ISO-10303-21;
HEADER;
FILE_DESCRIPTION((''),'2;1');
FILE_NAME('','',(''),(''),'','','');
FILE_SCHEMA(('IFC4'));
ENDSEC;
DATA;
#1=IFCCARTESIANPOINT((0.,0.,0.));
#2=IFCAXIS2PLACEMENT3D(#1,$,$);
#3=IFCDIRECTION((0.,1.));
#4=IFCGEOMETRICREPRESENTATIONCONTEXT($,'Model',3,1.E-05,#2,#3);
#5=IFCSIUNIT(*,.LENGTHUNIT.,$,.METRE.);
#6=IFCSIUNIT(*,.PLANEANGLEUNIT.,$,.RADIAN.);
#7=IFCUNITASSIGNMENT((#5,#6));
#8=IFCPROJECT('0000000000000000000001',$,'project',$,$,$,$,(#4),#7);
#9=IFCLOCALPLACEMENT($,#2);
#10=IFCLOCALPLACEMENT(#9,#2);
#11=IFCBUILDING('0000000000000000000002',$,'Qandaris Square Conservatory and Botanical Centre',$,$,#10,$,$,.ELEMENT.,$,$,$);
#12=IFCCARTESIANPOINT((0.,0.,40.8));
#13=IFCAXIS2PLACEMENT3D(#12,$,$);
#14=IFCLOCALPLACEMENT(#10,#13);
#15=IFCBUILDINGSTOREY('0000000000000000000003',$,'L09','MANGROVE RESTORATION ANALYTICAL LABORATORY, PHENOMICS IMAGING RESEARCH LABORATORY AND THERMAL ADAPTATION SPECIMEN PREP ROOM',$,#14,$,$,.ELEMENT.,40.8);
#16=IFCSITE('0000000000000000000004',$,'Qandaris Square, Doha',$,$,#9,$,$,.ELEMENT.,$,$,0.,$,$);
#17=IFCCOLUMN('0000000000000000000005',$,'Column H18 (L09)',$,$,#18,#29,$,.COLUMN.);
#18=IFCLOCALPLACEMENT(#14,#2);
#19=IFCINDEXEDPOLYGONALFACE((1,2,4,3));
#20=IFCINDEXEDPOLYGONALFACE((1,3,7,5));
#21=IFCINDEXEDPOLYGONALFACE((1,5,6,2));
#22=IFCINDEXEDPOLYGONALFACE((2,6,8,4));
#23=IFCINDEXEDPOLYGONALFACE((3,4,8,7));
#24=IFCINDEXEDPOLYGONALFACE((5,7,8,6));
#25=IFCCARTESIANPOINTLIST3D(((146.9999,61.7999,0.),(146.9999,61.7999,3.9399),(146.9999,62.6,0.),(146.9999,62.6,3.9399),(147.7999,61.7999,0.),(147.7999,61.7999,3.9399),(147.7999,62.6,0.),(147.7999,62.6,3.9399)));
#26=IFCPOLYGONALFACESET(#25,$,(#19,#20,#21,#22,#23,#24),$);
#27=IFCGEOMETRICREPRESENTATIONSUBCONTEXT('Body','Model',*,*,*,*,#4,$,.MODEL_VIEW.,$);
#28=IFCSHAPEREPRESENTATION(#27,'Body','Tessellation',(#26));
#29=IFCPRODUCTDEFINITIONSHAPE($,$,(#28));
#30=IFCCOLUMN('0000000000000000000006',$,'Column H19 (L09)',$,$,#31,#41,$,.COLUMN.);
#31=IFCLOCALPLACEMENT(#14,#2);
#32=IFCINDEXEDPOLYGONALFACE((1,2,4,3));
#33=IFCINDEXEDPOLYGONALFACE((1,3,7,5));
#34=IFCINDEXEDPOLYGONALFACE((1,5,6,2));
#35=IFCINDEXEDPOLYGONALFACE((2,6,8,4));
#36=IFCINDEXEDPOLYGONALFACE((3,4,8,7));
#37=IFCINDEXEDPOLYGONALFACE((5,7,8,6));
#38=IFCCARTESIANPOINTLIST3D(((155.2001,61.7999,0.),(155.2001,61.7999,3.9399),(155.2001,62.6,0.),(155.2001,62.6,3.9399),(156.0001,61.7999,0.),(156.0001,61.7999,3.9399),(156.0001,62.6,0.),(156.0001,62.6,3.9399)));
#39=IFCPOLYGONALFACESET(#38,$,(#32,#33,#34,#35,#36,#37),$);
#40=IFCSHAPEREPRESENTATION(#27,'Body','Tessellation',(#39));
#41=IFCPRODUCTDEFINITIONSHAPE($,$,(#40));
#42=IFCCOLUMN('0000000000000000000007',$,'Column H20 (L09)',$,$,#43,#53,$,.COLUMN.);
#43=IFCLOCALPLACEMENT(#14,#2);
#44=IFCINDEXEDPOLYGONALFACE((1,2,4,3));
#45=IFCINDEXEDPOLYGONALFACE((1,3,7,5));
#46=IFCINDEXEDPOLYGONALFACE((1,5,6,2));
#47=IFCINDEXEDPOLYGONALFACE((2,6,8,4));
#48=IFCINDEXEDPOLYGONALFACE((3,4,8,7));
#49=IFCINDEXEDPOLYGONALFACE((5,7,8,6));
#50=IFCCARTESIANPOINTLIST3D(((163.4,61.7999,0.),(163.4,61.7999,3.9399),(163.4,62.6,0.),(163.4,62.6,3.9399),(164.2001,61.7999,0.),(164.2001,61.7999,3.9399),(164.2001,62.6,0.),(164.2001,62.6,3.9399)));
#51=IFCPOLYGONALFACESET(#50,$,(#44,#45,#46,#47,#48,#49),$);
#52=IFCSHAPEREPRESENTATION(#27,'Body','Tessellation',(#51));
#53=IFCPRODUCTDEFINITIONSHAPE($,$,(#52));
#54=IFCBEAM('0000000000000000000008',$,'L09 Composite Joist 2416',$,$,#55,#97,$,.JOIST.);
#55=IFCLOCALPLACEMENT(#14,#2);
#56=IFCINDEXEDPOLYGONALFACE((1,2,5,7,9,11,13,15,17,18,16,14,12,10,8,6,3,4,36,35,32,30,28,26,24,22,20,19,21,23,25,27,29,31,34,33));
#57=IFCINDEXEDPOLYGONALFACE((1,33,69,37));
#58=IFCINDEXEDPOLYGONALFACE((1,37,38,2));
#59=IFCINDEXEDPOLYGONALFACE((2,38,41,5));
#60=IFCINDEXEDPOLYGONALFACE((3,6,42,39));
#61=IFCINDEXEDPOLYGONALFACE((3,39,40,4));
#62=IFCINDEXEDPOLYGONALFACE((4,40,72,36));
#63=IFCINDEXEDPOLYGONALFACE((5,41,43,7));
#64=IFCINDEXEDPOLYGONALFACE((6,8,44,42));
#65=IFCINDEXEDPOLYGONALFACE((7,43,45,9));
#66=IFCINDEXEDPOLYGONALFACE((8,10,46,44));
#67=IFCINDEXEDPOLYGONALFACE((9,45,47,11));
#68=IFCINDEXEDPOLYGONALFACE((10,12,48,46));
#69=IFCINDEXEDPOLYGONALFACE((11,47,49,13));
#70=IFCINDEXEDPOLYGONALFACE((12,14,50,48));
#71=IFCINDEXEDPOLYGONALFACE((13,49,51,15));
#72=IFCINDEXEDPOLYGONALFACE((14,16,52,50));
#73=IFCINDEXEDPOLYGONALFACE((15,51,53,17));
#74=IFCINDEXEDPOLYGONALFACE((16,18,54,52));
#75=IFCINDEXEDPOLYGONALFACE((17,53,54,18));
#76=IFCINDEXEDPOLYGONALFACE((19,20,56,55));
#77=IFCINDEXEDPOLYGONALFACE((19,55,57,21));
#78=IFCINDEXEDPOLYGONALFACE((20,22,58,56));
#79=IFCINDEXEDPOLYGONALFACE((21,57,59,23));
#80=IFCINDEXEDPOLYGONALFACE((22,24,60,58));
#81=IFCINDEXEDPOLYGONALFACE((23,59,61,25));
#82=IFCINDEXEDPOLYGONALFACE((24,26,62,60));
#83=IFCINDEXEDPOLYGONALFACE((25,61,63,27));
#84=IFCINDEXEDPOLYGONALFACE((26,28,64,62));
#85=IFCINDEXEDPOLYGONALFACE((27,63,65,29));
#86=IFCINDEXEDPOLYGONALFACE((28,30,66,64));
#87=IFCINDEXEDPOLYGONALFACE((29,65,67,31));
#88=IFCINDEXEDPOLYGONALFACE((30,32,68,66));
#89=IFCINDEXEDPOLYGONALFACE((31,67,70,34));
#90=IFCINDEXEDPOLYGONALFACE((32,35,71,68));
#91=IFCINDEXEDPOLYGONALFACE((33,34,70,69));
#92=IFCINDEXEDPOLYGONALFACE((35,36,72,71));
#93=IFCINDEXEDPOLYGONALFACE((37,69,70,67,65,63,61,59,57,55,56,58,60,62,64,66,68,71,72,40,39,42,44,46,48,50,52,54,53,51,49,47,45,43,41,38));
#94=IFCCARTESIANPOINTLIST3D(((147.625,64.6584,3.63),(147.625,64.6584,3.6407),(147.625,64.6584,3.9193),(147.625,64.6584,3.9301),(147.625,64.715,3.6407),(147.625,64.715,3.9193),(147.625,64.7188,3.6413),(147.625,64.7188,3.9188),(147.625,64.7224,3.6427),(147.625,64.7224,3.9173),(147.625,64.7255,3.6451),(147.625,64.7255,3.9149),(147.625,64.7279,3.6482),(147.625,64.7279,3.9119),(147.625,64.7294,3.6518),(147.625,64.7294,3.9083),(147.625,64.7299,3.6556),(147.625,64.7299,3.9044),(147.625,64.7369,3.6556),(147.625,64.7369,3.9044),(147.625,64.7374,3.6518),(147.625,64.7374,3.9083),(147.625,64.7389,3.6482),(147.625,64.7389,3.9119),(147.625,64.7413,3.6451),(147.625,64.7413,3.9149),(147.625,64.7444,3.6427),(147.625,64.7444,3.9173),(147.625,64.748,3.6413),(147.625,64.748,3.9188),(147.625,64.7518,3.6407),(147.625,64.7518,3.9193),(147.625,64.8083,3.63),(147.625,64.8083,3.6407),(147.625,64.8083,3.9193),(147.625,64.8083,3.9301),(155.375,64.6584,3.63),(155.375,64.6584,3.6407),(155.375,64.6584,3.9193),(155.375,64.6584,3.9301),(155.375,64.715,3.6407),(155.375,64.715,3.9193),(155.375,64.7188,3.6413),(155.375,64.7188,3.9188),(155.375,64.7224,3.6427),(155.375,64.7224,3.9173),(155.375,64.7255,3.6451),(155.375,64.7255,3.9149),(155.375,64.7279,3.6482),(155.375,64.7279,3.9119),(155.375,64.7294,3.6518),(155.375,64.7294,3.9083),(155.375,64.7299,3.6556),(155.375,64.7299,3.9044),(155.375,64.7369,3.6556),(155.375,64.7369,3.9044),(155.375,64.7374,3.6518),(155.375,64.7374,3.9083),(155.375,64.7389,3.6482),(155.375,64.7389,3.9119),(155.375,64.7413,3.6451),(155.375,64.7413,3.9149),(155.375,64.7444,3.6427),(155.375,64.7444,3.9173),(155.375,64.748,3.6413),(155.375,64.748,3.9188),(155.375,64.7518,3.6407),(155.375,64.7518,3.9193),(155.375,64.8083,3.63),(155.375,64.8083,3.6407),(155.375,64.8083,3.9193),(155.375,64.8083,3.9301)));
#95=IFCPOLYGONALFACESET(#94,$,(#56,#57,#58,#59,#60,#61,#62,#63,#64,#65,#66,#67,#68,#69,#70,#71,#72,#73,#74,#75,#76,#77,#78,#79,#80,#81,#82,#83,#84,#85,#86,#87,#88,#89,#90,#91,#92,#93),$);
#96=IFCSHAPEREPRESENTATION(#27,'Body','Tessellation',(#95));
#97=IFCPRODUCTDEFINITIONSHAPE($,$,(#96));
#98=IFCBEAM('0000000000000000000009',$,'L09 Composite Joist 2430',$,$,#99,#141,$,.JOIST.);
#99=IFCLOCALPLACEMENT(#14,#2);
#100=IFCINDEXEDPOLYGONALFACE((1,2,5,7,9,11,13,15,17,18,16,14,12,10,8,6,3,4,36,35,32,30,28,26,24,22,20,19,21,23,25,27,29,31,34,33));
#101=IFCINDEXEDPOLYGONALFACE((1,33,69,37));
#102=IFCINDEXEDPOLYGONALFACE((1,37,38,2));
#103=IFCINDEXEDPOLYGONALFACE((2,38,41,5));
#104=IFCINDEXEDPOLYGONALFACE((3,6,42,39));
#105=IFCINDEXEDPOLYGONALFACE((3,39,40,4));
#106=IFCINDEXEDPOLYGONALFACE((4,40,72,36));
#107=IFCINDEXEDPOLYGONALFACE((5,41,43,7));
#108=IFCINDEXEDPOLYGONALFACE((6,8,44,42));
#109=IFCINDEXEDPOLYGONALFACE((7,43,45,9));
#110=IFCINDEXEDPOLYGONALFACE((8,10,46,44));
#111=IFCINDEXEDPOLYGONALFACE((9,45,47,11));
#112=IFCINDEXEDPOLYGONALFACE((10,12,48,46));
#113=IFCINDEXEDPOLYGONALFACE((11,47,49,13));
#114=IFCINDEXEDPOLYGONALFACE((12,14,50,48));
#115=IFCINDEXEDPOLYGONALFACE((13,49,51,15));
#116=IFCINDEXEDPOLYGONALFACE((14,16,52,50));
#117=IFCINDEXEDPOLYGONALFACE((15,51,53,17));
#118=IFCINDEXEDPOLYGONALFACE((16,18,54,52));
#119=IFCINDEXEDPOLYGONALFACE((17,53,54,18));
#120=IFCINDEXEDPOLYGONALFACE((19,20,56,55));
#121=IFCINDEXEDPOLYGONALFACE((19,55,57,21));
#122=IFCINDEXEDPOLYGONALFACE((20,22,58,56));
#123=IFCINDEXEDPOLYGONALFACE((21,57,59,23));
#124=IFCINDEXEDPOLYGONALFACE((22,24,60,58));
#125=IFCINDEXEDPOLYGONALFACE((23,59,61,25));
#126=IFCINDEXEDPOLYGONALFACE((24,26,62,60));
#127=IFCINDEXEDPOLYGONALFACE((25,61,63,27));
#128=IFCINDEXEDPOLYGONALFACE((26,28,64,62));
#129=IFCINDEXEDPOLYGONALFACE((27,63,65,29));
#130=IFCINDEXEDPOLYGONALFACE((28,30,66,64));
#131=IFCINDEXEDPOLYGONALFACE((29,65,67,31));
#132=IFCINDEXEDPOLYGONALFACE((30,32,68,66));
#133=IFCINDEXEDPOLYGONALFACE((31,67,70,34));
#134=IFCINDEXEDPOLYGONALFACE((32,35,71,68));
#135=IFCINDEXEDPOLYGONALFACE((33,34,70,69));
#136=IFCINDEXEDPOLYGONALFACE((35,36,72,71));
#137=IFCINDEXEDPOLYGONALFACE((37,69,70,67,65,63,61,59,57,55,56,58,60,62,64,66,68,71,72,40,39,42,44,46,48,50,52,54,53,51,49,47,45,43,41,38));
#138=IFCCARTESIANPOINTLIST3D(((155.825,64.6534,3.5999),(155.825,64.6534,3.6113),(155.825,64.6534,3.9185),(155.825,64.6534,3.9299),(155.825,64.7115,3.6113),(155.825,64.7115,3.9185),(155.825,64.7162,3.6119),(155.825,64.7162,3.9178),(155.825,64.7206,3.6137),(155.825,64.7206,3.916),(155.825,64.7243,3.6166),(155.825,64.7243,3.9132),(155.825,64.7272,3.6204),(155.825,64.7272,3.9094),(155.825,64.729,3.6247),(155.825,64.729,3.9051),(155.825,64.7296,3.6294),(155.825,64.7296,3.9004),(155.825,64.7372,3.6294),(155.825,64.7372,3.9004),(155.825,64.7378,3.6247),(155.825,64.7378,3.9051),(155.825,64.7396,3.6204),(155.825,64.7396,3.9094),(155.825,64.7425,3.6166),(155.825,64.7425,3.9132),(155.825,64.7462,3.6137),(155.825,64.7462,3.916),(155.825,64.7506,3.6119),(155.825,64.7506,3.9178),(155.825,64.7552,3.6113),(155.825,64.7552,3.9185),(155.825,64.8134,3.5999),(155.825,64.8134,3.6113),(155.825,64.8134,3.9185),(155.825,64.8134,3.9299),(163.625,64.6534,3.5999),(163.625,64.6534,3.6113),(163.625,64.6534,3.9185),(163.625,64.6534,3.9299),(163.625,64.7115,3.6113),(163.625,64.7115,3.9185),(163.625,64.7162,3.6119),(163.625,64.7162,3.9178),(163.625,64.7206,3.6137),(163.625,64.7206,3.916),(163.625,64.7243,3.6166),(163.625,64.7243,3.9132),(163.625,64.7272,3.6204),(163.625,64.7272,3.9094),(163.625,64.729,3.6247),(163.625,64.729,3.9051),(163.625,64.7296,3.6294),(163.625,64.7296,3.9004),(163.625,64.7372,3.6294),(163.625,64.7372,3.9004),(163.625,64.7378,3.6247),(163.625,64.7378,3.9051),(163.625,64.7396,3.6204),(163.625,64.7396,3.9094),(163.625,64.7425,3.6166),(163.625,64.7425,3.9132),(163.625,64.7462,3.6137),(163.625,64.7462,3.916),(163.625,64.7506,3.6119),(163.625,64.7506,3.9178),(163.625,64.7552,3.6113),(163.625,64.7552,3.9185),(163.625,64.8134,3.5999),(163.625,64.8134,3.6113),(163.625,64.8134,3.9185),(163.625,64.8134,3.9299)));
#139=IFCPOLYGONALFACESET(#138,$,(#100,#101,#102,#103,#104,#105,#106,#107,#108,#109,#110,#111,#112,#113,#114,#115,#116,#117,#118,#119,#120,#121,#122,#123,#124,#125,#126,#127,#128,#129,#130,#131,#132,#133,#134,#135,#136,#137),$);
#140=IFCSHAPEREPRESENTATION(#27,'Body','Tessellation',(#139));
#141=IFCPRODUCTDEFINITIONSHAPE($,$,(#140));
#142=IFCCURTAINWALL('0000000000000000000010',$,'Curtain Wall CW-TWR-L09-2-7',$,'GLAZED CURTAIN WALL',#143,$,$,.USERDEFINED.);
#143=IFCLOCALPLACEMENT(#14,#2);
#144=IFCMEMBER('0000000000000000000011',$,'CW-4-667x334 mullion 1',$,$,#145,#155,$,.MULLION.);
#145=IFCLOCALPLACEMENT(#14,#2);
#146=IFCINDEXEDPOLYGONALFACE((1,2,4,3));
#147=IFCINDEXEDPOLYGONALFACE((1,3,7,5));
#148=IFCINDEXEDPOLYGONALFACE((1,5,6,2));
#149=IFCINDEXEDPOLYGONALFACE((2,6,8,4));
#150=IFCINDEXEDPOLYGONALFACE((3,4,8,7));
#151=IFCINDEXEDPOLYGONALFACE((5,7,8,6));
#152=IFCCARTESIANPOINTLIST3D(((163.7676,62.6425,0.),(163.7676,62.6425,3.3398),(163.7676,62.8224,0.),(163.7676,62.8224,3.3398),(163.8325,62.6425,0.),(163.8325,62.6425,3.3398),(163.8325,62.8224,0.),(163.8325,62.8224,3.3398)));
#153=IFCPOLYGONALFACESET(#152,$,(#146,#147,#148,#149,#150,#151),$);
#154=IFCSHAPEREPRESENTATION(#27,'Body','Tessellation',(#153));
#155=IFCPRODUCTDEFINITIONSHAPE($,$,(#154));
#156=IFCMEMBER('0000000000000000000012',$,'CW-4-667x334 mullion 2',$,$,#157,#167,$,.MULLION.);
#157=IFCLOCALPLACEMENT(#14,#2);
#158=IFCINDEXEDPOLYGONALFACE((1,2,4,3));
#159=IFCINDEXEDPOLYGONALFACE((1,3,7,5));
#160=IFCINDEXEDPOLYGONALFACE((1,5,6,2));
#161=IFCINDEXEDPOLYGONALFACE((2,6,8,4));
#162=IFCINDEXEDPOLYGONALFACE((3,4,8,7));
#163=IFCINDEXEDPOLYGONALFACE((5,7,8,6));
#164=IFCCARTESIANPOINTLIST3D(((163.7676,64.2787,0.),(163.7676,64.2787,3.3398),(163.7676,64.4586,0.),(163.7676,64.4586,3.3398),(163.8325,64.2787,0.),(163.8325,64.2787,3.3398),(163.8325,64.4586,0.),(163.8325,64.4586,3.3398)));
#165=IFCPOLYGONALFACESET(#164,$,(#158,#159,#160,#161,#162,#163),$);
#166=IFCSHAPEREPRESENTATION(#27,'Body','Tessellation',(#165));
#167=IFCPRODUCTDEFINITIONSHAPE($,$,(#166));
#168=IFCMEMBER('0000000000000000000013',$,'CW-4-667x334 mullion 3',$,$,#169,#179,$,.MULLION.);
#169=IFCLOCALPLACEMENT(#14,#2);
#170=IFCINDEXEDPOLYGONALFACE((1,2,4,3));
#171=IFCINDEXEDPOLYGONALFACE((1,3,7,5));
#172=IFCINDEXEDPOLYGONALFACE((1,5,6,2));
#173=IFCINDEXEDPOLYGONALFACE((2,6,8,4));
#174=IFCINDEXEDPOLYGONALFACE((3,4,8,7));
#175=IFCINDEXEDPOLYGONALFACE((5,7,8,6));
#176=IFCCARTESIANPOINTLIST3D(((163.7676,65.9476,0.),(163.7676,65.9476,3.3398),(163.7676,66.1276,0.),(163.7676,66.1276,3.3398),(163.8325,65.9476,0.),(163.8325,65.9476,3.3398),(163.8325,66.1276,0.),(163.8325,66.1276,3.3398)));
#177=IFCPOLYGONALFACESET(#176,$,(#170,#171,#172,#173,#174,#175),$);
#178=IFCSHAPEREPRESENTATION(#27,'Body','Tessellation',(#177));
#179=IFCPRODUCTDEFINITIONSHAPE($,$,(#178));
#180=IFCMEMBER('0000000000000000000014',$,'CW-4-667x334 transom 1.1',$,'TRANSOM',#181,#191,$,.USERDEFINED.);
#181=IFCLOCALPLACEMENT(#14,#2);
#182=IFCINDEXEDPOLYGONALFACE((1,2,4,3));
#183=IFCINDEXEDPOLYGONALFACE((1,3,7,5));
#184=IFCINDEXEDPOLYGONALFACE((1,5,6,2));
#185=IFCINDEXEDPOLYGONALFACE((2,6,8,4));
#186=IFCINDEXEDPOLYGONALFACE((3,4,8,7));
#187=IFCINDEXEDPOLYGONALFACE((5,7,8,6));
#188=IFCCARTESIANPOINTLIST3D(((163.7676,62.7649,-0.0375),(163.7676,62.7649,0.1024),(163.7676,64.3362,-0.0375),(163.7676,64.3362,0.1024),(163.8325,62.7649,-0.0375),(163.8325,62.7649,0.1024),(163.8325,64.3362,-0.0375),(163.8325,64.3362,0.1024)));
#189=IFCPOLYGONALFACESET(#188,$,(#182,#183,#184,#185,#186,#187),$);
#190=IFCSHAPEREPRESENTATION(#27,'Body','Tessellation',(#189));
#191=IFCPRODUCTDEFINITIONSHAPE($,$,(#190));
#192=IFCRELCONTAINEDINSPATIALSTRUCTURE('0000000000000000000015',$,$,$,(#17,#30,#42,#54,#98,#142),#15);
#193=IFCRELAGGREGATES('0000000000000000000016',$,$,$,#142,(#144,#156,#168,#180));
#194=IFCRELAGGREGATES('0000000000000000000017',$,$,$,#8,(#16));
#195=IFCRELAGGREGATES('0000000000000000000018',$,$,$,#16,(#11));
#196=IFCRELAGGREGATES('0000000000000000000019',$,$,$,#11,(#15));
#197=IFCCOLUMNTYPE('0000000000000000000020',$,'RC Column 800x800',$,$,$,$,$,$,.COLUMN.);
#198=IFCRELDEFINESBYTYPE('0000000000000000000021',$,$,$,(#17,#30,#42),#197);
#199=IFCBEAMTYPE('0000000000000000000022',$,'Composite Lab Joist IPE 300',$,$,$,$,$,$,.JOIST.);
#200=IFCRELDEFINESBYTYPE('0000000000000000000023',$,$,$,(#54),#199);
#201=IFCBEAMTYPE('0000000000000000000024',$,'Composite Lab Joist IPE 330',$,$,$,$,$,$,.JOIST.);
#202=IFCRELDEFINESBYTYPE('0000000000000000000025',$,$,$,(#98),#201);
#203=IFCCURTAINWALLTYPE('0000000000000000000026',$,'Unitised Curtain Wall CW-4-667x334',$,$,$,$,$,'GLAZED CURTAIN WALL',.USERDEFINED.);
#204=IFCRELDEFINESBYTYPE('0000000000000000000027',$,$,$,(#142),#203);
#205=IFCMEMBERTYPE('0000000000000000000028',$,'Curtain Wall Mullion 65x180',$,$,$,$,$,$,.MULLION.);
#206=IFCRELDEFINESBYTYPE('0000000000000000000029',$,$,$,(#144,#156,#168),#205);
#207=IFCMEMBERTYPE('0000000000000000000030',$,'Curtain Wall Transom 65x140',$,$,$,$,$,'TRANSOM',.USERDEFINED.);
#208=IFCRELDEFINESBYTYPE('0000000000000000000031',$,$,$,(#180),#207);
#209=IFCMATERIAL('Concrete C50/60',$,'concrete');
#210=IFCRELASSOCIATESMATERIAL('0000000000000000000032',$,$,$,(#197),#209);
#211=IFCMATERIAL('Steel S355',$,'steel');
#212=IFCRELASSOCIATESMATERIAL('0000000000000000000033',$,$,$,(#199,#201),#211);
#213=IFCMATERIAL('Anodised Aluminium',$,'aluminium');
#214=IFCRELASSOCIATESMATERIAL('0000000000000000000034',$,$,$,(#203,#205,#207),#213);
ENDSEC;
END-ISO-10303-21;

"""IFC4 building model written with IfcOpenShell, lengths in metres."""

from ifc_helpers import new_model, si_unit, direction, frame, origin, origin_2d, place, context, subcontext, project, spatial, rectangle, i_section, extrude, material, material_profile, profile_set, type_object, element, aggregate, save


model = new_model("IFC4")

# Units and contexts
model_context = context("Model", 3, precision=1e-05, world=origin(), true_north=direction((0.0, 1.0)))
body_context = subcontext(model_context, "Body", "Model", "MODEL_VIEW")
ifc_project = project(units=[si_unit("LENGTHUNIT", "METRE"), si_unit("PLANEANGLEUNIT", "RADIAN")], contexts=[model_context])

# Site, building, storey
site_placement = place(None, origin())
site = spatial("IfcSite", under=ifc_project, at=site_placement, Name="Qandaris Square, Doha", CompositionType="ELEMENT", RefElevation=0.0)
building_placement = place(site_placement, origin())
building = spatial("IfcBuilding", under=site, at=building_placement, Name="Qandaris Square Conservatory and Botanical Centre", CompositionType="ELEMENT")
storey_placement = place(building_placement, frame((0.0, 0.0, 40.8)))
storey = spatial("IfcBuildingStorey", under=building, at=storey_placement, Name="L09", Description="MANGROVE RESTORATION ANALYTICAL LABORATORY, PHENOMICS IMAGING RESEARCH LABORATORY AND THERMAL ADAPTATION SPECIMEN PREP ROOM", CompositionType="ELEMENT", Elevation=40.8)

# Columns
ifc_material_1 = material(Name="Concrete C50/60", Category="concrete")
ifc_material_profile_1 = material_profile(ifc_material_1, rectangle(XDim=0.8, YDim=0.8, at=origin_2d()), Name="RC-COL 800x800")
ifc_profile_set_1 = profile_set([ifc_material_profile_1], Name="Concrete C50/60")
column_type = type_object("IfcColumnType", Name="RC Column 800x800", PredefinedType="COLUMN", material=ifc_profile_set_1)
for number, where, z_axis, x_axis, name in (
    (1, (147.3999, 62.2, 0.0), (0.0, 0.0, 1.0), (1.0, 0.0, 0.0), "Column H18 (L09)"),
    (2, (155.6001, 62.2, 0.0), (0.0, 0.0, 1.0), (1.0, 0.0, 0.0), "Column H19 (L09)"),
    (3, (163.8, 62.2, 0.0), (0.0, 0.0, 1.0), (1.0, 0.0, 0.0), "Column H20 (L09)"),
):
    element("IfcColumn", number, at=place(storey_placement, frame(where, z_axis=z_axis, x_axis=x_axis)), inside=storey, type_object=column_type, Name=name, PredefinedType="COLUMN", context=body_context, shape_type="SweptSolid", body=[
        extrude(rectangle(XDim=0.8, YDim=0.8, at=origin_2d()), origin(), (0.0, 0.0, 1.0), 3.9399),
    ])

# Beams
ifc_material_2 = material(Name="Steel S355", Category="steel")
ifc_material_profile_2 = material_profile(ifc_material_2, i_section(OverallWidth=0.1499, OverallDepth=0.3, WebThickness=0.0071, FlangeThickness=0.0107, FilletRadius=0.0149, at=origin_2d()), Name="IPE 300")
ifc_profile_set_2 = profile_set([ifc_material_profile_2], Name="Steel S355")
beam_type_1 = type_object("IfcBeamType", Name="Composite Lab Joist IPE 300", PredefinedType="JOIST", material=ifc_profile_set_2)
beam_1_placement = place(storey_placement, frame((147.625, 64.7334, 3.78), z_axis=(1.0, 0.0, 0.0), x_axis=(0.0, 1.0, 0.0)))
element("IfcBeam", 4, at=beam_1_placement, inside=storey, type_object=beam_type_1, Name="L09 Composite Joist 2416", PredefinedType="JOIST", context=body_context, shape_type="SweptSolid", body=[
    extrude(i_section(OverallWidth=0.1499, OverallDepth=0.3, WebThickness=0.0071, FlangeThickness=0.0107, FilletRadius=0.0149, at=origin_2d()), origin(), (0.0, 0.0, 1.0), 7.75),
])
ifc_material_profile_3 = material_profile(ifc_material_2, i_section(OverallWidth=0.1599, OverallDepth=0.3301, WebThickness=0.0076, FlangeThickness=0.0115, FilletRadius=0.0181, at=origin_2d()), Name="IPE 330")
ifc_profile_set_3 = profile_set([ifc_material_profile_3], Name="Steel S355")
beam_type_2 = type_object("IfcBeamType", Name="Composite Lab Joist IPE 330", PredefinedType="JOIST", material=ifc_profile_set_3)
beam_2_placement = place(storey_placement, frame((155.825, 64.7334, 3.7649), z_axis=(1.0, 0.0, 0.0), x_axis=(0.0, 1.0, 0.0)))
element("IfcBeam", 5, at=beam_2_placement, inside=storey, type_object=beam_type_2, Name="L09 Composite Joist 2430", PredefinedType="JOIST", context=body_context, shape_type="SweptSolid", body=[
    extrude(i_section(OverallWidth=0.1599, OverallDepth=0.3301, WebThickness=0.0076, FlangeThickness=0.0115, FilletRadius=0.0181, at=origin_2d()), origin(), (0.0, 0.0, 1.0), 7.8),
])

# Curtain wall, members
ifc_material_3 = material(Name="Anodised Aluminium", Category="aluminium")
curtain_wall_type = type_object("IfcCurtainWallType", Name="Unitised Curtain Wall CW-4-667x334", ElementType="GLAZED CURTAIN WALL", PredefinedType="USERDEFINED", material=ifc_material_3)
curtain_wall_placement = place(storey_placement, origin())
curtain_wall = element("IfcCurtainWall", 6, at=curtain_wall_placement, inside=storey, type_object=curtain_wall_type, Name="Curtain Wall CW-TWR-L09-2-7", ObjectType="GLAZED CURTAIN WALL", PredefinedType="USERDEFINED")
ifc_material_profile_4 = material_profile(ifc_material_3, rectangle(XDim=0.0649, YDim=0.1799, at=origin_2d()), Name="ALU-MUL 65x180")
ifc_profile_set_4 = profile_set([ifc_material_profile_4], Name="Anodised Aluminium")
member_type_1 = type_object("IfcMemberType", Name="Curtain Wall Mullion 65x180", PredefinedType="MULLION", material=ifc_profile_set_4)
member_1_placement = place(storey_placement, frame((163.8, 62.7324, 0.0), z_axis=(0.0, 0.0, 1.0), x_axis=(-1.0, 0.0, 0.0)))
member_1 = element("IfcMember", 7, at=member_1_placement, type_object=member_type_1, Name="CW-4-667x334 mullion 1", PredefinedType="MULLION", context=body_context, shape_type="SweptSolid", body=[
    extrude(rectangle(XDim=0.0649, YDim=0.1799, at=origin_2d()), origin(), (0.0, 0.0, 1.0), 3.3398),
])
member_2_placement = place(storey_placement, frame((163.8, 64.3687, 0.0), z_axis=(0.0, 0.0, 1.0), x_axis=(-1.0, 0.0, 0.0)))
member_2 = element("IfcMember", 8, at=member_2_placement, type_object=member_type_1, Name="CW-4-667x334 mullion 2", PredefinedType="MULLION", context=body_context, shape_type="SweptSolid", body=[
    extrude(rectangle(XDim=0.0649, YDim=0.1799, at=origin_2d()), origin(), (0.0, 0.0, 1.0), 3.3398),
])
member_3_placement = place(storey_placement, frame((163.8, 66.0376, 0.0), z_axis=(0.0, 0.0, 1.0), x_axis=(-1.0, 0.0, 0.0)))
member_3 = element("IfcMember", 9, at=member_3_placement, type_object=member_type_1, Name="CW-4-667x334 mullion 3", PredefinedType="MULLION", context=body_context, shape_type="SweptSolid", body=[
    extrude(rectangle(XDim=0.0649, YDim=0.1799, at=origin_2d()), origin(), (0.0, 0.0, 1.0), 3.3398),
])
ifc_material_profile_5 = material_profile(ifc_material_3, rectangle(XDim=0.0649, YDim=0.1399, at=origin_2d()), Name="ALU-TRN 65x140")
ifc_profile_set_5 = profile_set([ifc_material_profile_5], Name="Anodised Aluminium")
member_type_2 = type_object("IfcMemberType", Name="Curtain Wall Transom 65x140", ElementType="TRANSOM", PredefinedType="USERDEFINED", material=ifc_profile_set_5)
member_4_placement = place(storey_placement, frame((163.8, 62.7649, 0.0325), z_axis=(0.0, 1.0, 0.0), x_axis=(-1.0, 0.0, 0.0)))
member_4 = element("IfcMember", 10, at=member_4_placement, type_object=member_type_2, Name="CW-4-667x334 transom 1.1", ObjectType="TRANSOM", PredefinedType="USERDEFINED", context=body_context, shape_type="SweptSolid", body=[
    extrude(rectangle(XDim=0.0649, YDim=0.1399, at=origin_2d()), origin(), (0.0, 0.0, 1.0), 1.5713),
])

aggregate(curtain_wall, [member_1, member_2, member_3, member_4])

save(model, "model.ifc")
